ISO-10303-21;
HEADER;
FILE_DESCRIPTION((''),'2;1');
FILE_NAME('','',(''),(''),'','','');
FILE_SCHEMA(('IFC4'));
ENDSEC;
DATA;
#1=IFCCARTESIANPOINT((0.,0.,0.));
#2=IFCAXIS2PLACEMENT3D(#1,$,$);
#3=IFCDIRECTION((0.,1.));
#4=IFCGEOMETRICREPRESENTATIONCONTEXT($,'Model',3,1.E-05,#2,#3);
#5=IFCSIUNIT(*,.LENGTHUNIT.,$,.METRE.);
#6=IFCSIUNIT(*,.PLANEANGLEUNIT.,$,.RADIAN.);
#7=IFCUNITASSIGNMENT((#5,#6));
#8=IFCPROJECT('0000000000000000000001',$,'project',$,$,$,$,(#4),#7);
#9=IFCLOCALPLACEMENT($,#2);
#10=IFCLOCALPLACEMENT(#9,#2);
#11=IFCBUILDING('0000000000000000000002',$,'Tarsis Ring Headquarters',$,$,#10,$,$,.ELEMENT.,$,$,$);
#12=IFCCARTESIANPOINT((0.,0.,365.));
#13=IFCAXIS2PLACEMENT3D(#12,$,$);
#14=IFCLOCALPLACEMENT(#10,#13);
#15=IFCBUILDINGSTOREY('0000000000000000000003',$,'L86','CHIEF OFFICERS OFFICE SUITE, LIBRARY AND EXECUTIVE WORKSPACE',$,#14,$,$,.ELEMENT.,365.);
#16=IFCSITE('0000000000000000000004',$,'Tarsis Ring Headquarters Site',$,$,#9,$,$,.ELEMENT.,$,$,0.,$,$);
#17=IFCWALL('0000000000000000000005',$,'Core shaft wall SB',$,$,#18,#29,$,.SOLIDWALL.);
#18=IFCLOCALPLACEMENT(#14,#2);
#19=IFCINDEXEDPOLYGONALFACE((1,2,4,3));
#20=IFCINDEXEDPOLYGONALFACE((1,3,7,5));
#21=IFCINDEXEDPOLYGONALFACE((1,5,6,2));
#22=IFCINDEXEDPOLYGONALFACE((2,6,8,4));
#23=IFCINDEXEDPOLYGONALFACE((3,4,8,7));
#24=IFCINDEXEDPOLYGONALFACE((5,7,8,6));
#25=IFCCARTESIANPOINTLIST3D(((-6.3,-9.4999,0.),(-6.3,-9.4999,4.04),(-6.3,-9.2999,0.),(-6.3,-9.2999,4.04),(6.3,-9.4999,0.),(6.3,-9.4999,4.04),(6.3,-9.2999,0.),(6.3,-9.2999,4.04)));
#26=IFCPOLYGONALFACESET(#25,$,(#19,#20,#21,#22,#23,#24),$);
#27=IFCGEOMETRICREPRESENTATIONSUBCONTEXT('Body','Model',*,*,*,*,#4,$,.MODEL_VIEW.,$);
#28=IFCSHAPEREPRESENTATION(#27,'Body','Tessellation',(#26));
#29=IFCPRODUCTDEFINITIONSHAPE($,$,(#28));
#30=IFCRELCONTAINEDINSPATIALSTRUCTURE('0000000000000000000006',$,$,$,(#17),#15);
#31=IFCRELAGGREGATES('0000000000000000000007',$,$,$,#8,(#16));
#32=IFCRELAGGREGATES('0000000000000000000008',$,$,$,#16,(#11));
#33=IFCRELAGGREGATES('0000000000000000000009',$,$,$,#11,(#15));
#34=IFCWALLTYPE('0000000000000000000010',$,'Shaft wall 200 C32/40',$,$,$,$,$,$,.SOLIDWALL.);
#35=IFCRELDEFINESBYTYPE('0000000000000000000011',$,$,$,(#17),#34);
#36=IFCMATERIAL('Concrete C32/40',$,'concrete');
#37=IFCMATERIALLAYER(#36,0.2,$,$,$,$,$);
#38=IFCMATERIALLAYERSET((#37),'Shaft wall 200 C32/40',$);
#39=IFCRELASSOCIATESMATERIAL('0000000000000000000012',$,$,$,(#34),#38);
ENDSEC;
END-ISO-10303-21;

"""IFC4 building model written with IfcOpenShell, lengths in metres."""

from ifc_helpers import new_model, si_unit, direction, frame, frame_2d, origin, place, context, subcontext, project, spatial, rectangle, extrude, material, layer, layer_set, type_object, element, save


model = new_model("IFC4")

# Units and contexts
model_context = context("Model", 3, precision=1e-05, world=origin(), true_north=direction((0.0, 1.0)))
body_context = subcontext(model_context, "Body", "Model", "MODEL_VIEW")
ifc_project = project(units=[si_unit("LENGTHUNIT", "METRE"), si_unit("PLANEANGLEUNIT", "RADIAN")], contexts=[model_context])

# Site, building, storey
site_placement = place(None, origin())
site = spatial("IfcSite", under=ifc_project, at=site_placement, Name="Tarsis Ring Headquarters Site", CompositionType="ELEMENT", RefElevation=0.0)
building_placement = place(site_placement, origin())
building = spatial("IfcBuilding", under=site, at=building_placement, Name="Tarsis Ring Headquarters", CompositionType="ELEMENT")
storey_placement = place(building_placement, frame((0.0, 0.0, 365.0)))
storey = spatial("IfcBuildingStorey", under=building, at=storey_placement, Name="L86", Description="CHIEF OFFICERS OFFICE SUITE, LIBRARY AND EXECUTIVE WORKSPACE", CompositionType="ELEMENT", Elevation=365.0)

# Wall
ifc_material_1 = material(Name="Concrete C32/40", Category="concrete")
ifc_layer_1 = layer(ifc_material_1, 0.2)
ifc_layer_set_1 = layer_set([ifc_layer_1], Name="Shaft wall 200 C32/40")
wall_type_1 = type_object("IfcWallType", Name="Shaft wall 200 C32/40", PredefinedType="SOLIDWALL", material=ifc_layer_set_1)
wall_1_placement = place(storey_placement, frame((-6.3, -9.3999, 0.0), z_axis=(0.0, 0.0, 1.0), x_axis=(1.0, 0.0, 0.0)))
element("IfcWall", 1, at=wall_1_placement, inside=storey, type_object=wall_type_1, Name="Core shaft wall SB", PredefinedType="SOLIDWALL", context=body_context, shape_type="SweptSolid", body=[
    extrude(rectangle(XDim=12.6001, YDim=0.2, at=frame_2d((6.3, 0.0))), origin(), (0.0, 0.0, 1.0), 4.04),
])

save(model, "model.ifc")
